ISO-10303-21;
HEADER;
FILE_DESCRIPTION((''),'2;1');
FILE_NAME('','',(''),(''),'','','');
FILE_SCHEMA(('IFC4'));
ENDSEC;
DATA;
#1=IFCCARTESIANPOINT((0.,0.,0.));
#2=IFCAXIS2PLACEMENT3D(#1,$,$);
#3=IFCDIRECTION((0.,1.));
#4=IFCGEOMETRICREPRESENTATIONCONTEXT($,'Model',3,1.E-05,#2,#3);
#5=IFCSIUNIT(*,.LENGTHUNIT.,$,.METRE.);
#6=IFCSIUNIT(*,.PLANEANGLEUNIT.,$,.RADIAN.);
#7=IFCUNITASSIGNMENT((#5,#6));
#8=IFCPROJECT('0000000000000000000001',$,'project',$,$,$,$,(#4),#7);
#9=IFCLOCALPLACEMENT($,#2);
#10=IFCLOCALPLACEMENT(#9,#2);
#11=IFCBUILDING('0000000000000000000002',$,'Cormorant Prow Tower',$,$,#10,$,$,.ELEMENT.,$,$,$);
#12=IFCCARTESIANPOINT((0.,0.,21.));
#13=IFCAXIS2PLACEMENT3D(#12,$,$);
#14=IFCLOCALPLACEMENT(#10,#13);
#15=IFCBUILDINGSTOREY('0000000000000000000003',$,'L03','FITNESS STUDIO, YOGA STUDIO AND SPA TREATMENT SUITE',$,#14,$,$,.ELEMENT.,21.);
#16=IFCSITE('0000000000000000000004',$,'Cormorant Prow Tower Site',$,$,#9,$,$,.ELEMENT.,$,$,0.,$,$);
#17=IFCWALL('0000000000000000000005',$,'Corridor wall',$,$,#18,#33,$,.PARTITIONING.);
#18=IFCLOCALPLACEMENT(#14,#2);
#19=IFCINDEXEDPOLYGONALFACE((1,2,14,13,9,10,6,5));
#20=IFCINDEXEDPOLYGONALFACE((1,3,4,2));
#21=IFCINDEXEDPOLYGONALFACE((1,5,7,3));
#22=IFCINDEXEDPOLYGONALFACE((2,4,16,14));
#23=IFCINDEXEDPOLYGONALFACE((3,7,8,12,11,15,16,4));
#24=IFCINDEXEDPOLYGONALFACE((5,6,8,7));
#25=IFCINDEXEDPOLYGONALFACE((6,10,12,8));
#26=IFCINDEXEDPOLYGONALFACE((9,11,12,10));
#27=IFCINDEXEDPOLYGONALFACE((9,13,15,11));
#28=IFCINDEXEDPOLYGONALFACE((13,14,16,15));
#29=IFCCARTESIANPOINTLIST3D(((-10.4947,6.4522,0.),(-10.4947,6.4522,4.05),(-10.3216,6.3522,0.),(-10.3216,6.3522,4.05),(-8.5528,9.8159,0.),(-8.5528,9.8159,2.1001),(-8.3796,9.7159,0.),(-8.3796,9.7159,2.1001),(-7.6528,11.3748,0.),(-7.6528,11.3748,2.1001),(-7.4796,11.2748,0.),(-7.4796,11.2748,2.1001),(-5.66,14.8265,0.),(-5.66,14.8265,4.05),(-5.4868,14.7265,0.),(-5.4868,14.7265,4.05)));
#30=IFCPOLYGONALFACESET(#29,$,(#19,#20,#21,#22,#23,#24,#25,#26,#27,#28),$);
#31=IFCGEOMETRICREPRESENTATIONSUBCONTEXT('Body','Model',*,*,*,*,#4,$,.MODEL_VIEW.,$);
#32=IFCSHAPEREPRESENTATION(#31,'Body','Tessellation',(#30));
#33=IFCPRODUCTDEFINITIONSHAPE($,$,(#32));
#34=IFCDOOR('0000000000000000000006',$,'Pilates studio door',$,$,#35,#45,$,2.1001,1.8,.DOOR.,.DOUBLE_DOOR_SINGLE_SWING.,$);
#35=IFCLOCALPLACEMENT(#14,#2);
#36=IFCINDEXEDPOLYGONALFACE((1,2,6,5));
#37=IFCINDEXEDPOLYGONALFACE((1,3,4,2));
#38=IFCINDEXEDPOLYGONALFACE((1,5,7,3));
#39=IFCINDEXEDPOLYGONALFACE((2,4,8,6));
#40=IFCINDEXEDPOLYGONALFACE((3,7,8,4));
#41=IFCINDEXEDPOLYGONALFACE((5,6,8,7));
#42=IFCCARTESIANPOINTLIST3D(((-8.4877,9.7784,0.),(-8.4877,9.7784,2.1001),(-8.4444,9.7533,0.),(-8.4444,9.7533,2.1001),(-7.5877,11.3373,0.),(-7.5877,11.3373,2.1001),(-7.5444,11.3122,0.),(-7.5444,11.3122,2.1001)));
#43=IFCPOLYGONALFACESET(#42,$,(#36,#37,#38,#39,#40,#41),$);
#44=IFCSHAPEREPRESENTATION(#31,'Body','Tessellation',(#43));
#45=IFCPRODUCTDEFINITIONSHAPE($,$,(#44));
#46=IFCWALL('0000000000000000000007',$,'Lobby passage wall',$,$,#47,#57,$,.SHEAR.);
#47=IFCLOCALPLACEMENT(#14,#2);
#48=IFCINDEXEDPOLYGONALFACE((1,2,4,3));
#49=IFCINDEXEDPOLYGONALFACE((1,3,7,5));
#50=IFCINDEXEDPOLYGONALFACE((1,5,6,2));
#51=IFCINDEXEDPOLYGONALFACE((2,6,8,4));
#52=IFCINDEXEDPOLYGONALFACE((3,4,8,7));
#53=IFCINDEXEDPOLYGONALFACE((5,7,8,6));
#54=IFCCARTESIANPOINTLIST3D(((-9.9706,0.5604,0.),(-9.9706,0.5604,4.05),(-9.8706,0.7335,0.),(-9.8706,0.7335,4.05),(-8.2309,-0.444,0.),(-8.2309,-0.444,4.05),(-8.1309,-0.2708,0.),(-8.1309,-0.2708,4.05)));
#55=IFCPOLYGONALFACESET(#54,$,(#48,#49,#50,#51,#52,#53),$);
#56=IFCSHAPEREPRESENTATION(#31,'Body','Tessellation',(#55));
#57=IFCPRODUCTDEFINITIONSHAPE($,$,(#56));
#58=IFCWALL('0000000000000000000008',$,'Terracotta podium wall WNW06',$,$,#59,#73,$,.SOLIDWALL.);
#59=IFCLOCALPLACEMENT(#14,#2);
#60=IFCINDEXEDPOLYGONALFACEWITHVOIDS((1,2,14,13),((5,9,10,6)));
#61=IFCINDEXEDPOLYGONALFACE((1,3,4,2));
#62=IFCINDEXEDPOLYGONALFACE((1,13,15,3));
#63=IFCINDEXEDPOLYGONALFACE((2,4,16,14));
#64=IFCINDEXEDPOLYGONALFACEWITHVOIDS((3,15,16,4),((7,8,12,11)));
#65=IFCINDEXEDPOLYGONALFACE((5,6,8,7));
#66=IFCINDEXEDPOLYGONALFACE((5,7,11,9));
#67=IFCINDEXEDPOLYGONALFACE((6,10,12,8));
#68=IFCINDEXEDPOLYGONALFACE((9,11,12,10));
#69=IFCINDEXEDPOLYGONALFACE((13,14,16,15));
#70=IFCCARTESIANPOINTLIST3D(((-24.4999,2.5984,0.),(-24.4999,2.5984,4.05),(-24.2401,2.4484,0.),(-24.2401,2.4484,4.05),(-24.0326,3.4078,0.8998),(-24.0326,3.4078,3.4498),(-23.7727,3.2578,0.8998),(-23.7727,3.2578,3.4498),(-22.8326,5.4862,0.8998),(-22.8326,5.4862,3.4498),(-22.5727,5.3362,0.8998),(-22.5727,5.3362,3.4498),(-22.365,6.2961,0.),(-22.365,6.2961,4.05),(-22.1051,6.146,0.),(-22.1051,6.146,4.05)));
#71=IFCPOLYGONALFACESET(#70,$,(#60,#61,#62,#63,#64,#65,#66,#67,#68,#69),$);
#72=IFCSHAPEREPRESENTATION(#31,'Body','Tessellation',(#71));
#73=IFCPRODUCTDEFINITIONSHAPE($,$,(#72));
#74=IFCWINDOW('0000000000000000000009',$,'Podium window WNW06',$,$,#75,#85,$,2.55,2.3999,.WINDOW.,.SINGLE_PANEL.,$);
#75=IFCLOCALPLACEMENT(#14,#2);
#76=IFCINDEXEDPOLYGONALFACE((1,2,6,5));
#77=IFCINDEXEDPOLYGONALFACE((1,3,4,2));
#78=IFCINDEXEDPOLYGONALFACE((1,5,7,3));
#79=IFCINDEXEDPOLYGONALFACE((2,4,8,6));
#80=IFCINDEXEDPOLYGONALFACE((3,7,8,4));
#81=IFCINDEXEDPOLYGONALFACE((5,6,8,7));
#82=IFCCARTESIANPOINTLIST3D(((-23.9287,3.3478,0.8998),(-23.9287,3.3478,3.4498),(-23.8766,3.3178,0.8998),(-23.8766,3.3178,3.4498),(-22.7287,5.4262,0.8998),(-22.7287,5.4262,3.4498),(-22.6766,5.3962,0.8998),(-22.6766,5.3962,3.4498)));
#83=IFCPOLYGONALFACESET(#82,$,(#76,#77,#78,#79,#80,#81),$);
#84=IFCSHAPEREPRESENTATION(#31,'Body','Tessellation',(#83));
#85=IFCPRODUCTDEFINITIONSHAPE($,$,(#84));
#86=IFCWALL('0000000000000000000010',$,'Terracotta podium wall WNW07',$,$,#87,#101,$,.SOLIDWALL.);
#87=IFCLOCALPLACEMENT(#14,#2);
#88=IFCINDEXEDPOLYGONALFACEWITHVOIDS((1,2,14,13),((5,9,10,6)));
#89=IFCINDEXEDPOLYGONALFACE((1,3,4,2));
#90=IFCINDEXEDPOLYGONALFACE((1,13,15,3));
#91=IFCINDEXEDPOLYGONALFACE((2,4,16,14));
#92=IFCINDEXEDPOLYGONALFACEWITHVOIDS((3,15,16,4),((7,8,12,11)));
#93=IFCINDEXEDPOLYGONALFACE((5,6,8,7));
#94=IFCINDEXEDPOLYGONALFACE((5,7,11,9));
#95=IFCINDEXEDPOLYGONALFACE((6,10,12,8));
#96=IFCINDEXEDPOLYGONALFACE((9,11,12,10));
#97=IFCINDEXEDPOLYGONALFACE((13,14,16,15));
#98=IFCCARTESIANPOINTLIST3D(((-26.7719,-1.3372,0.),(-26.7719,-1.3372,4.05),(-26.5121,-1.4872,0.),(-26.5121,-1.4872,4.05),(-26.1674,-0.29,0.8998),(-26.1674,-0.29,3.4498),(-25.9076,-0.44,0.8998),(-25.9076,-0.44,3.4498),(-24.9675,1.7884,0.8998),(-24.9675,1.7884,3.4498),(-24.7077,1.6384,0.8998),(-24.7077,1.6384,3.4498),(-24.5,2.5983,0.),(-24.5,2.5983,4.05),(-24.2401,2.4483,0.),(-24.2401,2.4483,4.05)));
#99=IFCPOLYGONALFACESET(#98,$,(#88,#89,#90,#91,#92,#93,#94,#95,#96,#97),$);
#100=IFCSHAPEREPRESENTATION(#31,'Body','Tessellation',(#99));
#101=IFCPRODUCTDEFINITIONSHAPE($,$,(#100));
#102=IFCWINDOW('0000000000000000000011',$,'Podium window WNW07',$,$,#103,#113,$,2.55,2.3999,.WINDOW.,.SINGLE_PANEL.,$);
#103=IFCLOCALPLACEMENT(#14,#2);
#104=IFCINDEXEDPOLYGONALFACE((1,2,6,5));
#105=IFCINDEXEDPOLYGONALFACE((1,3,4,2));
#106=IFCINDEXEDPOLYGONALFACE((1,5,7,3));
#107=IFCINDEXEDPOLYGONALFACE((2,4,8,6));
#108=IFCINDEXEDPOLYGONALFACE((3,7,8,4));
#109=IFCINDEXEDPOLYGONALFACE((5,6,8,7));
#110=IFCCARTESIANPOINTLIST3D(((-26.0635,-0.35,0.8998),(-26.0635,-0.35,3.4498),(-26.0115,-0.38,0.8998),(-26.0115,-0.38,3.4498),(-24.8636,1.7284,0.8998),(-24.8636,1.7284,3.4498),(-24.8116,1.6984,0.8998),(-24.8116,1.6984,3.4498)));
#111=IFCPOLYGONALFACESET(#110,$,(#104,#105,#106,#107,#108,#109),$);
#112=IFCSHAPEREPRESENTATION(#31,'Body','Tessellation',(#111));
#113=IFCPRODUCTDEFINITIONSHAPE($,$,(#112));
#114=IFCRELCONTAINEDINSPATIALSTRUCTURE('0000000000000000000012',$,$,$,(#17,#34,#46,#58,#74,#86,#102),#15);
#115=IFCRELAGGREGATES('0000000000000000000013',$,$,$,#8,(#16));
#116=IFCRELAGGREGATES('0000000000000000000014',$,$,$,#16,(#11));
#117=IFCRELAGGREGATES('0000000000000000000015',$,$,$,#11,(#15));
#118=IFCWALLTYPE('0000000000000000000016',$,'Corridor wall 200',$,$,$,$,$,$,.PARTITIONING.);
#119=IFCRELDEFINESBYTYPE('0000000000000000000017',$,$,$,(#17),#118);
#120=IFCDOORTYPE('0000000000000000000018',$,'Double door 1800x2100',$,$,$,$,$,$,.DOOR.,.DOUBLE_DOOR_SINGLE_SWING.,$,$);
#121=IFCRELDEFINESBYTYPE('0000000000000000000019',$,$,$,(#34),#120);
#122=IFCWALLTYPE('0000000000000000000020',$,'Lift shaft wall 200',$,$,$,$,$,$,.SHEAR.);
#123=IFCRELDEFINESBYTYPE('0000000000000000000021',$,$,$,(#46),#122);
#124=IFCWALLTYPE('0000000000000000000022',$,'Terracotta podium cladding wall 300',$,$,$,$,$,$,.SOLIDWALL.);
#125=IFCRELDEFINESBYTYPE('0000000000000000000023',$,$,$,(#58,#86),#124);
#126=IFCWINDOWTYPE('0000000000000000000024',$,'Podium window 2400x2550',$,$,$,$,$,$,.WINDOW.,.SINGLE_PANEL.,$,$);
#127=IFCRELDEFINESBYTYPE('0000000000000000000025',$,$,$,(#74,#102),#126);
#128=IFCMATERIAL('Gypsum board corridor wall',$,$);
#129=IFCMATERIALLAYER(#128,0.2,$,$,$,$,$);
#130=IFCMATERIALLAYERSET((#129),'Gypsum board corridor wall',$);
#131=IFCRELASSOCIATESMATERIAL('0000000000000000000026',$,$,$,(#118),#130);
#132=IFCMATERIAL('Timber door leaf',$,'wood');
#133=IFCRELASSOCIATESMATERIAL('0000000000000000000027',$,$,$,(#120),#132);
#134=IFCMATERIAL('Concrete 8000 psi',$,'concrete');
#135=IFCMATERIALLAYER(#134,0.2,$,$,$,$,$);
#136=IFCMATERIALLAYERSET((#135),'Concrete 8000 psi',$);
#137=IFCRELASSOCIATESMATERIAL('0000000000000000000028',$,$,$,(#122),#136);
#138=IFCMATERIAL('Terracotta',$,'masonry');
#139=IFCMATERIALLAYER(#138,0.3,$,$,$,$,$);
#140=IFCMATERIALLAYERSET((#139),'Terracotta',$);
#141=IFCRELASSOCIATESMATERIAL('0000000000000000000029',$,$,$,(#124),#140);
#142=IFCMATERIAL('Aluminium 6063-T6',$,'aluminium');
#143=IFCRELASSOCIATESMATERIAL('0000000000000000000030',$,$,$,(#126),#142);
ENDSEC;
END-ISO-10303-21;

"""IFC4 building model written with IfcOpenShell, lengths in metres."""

from ifc_helpers import new_model, si_unit, direction, frame, frame_2d, origin, place, context, subcontext, project, spatial, rectangle, extrude, material, layer, layer_set, type_object, element, fill, save


model = new_model("IFC4")

# Units and contexts
model_context = context("Model", 3, precision=1e-05, world=origin(), true_north=direction((0.0, 1.0)))
body_context = subcontext(model_context, "Body", "Model", "MODEL_VIEW")
ifc_project = project(units=[si_unit("LENGTHUNIT", "METRE"), si_unit("PLANEANGLEUNIT", "RADIAN")], contexts=[model_context])

# Site, building, storey
site_placement = place(None, origin())
site = spatial("IfcSite", under=ifc_project, at=site_placement, Name="Cormorant Prow Tower Site", CompositionType="ELEMENT", RefElevation=0.0)
building_placement = place(site_placement, origin())
building = spatial("IfcBuilding", under=site, at=building_placement, Name="Cormorant Prow Tower", CompositionType="ELEMENT")
storey_placement = place(building_placement, frame((0.0, 0.0, 21.0)))
storey = spatial("IfcBuildingStorey", under=building, at=storey_placement, Name="L03", Description="FITNESS STUDIO, YOGA STUDIO AND SPA TREATMENT SUITE", CompositionType="ELEMENT", Elevation=21.0)

# Wall, opening, door
ifc_material_1 = material(Name="Gypsum board corridor wall")
ifc_layer_1 = layer(ifc_material_1, 0.2)
ifc_layer_set_1 = layer_set([ifc_layer_1], Name="Gypsum board corridor wall")
wall_type_1 = type_object("IfcWallType", Name="Corridor wall 200", PredefinedType="PARTITIONING", material=ifc_layer_set_1)
wall_1_placement = place(storey_placement, frame((-10.4082, 6.4021, 0.0), z_axis=(0.0, 0.0, 1.0), x_axis=(0.499987, 0.866033, 0.0)))
wall_1 = element("IfcWall", 1, at=wall_1_placement, inside=storey, type_object=wall_type_1, Name="Corridor wall", PredefinedType="PARTITIONING", context=body_context, shape_type="SweptSolid", body=[
    extrude(rectangle(XDim=9.6697, YDim=0.2, at=frame_2d((4.835, 0.0))), origin(), (0.0, 0.0, 1.0), 4.05),
])
opening_1_placement = place(wall_1_placement, frame((3.8843, 0.0, 0.0)))
opening_1 = element("IfcOpeningElement", 2, at=opening_1_placement, cuts=wall_1, PredefinedType="OPENING", context=body_context, shape_type="SweptSolid", body=[
    extrude(rectangle(XDim=1.8, YDim=2.1001, at=frame_2d((0.8999, 1.05))), frame((0.0, 0.1099, 0.0), z_axis=(0.0, -1.0, 0.0), x_axis=(1.0, 0.0, 0.0)), (0.0, 0.0, 1.0), 0.22),
])
ifc_material_2 = material(Name="Timber door leaf", Category="wood")
door_type_1 = type_object("IfcDoorType", Name="Double door 1800x2100", OperationType="DOUBLE_DOOR_SINGLE_SWING", PredefinedType="DOOR", material=ifc_material_2)
door_1_placement = place(opening_1_placement, origin())
door_1 = element("IfcDoor", 3, at=door_1_placement, inside=storey, type_object=door_type_1, Name="Pilates studio door", OperationType="DOUBLE_DOOR_SINGLE_SWING", OverallHeight=2.1001, OverallWidth=1.8, PredefinedType="DOOR", context=body_context, shape_type="SweptSolid", body=[
    extrude(rectangle(XDim=1.8, YDim=2.1001, at=frame_2d((0.8999, 1.05))), frame((0.0, 0.0249, 0.0), z_axis=(0.0, -1.0, 0.0), x_axis=(1.0, 0.0, 0.0)), (0.0, 0.0, 1.0), 0.05),
])
fill(opening_1, door_1)

# Wall
ifc_material_3 = material(Name="Concrete 8000 psi", Category="concrete")
ifc_layer_2 = layer(ifc_material_3, 0.2)
ifc_layer_set_2 = layer_set([ifc_layer_2], Name="Concrete 8000 psi")
wall_type_2 = type_object("IfcWallType", Name="Lift shaft wall 200", PredefinedType="SHEAR", material=ifc_layer_set_2)
wall_2_placement = place(storey_placement, frame((-8.1809, -0.3574, 0.0), z_axis=(0.0, 0.0, 1.0), x_axis=(-0.866036, 0.499982, 0.0)))
element("IfcWall", 4, at=wall_2_placement, inside=storey, type_object=wall_type_2, Name="Lobby passage wall", PredefinedType="SHEAR", context=body_context, shape_type="SweptSolid", body=[
    extrude(rectangle(XDim=2.0088, YDim=0.2, at=frame_2d((1.0044, 0.0))), origin(), (0.0, 0.0, 1.0), 4.05),
])

# Walls, openings, windows
ifc_material_4 = material(Name="Terracotta", Category="masonry")
ifc_layer_3 = layer(ifc_material_4, 0.3)
ifc_layer_set_3 = layer_set([ifc_layer_3], Name="Terracotta")
wall_type_3 = type_object("IfcWallType", Name="Terracotta podium cladding wall 300", PredefinedType="SOLIDWALL", material=ifc_layer_set_3)
wall_3_placement = place(storey_placement, frame((-22.2351, 6.2209, 0.0), z_axis=(0.0, 0.0, 1.0), x_axis=(-0.500019, -0.866014, 0.0)))
wall_3 = element("IfcWall", 5, at=wall_3_placement, inside=storey, type_object=wall_type_3, Name="Terracotta podium wall WNW06", PredefinedType="SOLIDWALL", context=body_context, shape_type="SweptSolid", body=[
    extrude(rectangle(XDim=4.2698, YDim=0.3, at=frame_2d((2.1348, 0.0))), origin(), (0.0, 0.0, 1.0), 4.05),
])
opening_2_placement = place(wall_3_placement, frame((0.9351, 0.0, 0.8999)))
opening_2 = element("IfcOpeningElement", 6, at=opening_2_placement, cuts=wall_3, PredefinedType="OPENING", context=body_context, shape_type="SweptSolid", body=[
    extrude(rectangle(XDim=2.3999, YDim=2.55, at=frame_2d((1.2, 1.2749))), frame((0.0, 0.1599, 0.0), z_axis=(0.0, -1.0, 0.0), x_axis=(1.0, 0.0, 0.0)), (0.0, 0.0, 1.0), 0.3201),
])
ifc_material_5 = material(Name="Aluminium 6063-T6", Category="aluminium")
window_type = type_object("IfcWindowType", Name="Podium window 2400x2550", PartitioningType="SINGLE_PANEL", PredefinedType="WINDOW", material=ifc_material_5)
window_1_placement = place(opening_2_placement, origin())
window_1 = element("IfcWindow", 7, at=window_1_placement, inside=storey, type_object=window_type, Name="Podium window WNW06", OverallHeight=2.55, OverallWidth=2.3999, PartitioningType="SINGLE_PANEL", PredefinedType="WINDOW", context=body_context, shape_type="SweptSolid", body=[
    extrude(rectangle(XDim=2.3999, YDim=2.55, at=frame_2d((1.2, 1.2749))), frame((0.0, 0.03, 0.0), z_axis=(0.0, -1.0, 0.0), x_axis=(1.0, 0.0, 0.0)), (0.0, 0.0, 1.0), 0.0601),
])
fill(opening_2, window_1)
wall_4_placement = place(storey_placement, frame((-24.3701, 2.5232, 0.0), z_axis=(0.0, 0.0, 1.0), x_axis=(-0.499964, -0.866046, 0.0)))
wall_4 = element("IfcWall", 8, at=wall_4_placement, inside=storey, type_object=wall_type_3, Name="Terracotta podium wall WNW07", PredefinedType="SOLIDWALL", context=body_context, shape_type="SweptSolid", body=[
    extrude(rectangle(XDim=4.5442, YDim=0.3, at=frame_2d((2.272, 0.0))), origin(), (0.0, 0.0, 1.0), 4.05),
])
opening_3_placement = place(wall_4_placement, frame((0.9351, 0.0, 0.8999)))
opening_3 = element("IfcOpeningElement", 9, at=opening_3_placement, cuts=wall_4, PredefinedType="OPENING", context=body_context, shape_type="SweptSolid", body=[
    extrude(rectangle(XDim=2.3999, YDim=2.55, at=frame_2d((1.2, 1.2749))), frame((0.0, 0.1599, 0.0), z_axis=(0.0, -1.0, 0.0), x_axis=(1.0, 0.0, 0.0)), (0.0, 0.0, 1.0), 0.3201),
])
window_2_placement = place(opening_3_placement, origin())
window_2 = element("IfcWindow", 10, at=window_2_placement, inside=storey, type_object=window_type, Name="Podium window WNW07", OverallHeight=2.55, OverallWidth=2.3999, PartitioningType="SINGLE_PANEL", PredefinedType="WINDOW", context=body_context, shape_type="SweptSolid", body=[
    extrude(rectangle(XDim=2.3999, YDim=2.55, at=frame_2d((1.2, 1.2749))), frame((0.0, 0.03, 0.0), z_axis=(0.0, -1.0, 0.0), x_axis=(1.0, 0.0, 0.0)), (0.0, 0.0, 1.0), 0.0601),
])
fill(opening_3, window_2)

save(model, "model.ifc")
